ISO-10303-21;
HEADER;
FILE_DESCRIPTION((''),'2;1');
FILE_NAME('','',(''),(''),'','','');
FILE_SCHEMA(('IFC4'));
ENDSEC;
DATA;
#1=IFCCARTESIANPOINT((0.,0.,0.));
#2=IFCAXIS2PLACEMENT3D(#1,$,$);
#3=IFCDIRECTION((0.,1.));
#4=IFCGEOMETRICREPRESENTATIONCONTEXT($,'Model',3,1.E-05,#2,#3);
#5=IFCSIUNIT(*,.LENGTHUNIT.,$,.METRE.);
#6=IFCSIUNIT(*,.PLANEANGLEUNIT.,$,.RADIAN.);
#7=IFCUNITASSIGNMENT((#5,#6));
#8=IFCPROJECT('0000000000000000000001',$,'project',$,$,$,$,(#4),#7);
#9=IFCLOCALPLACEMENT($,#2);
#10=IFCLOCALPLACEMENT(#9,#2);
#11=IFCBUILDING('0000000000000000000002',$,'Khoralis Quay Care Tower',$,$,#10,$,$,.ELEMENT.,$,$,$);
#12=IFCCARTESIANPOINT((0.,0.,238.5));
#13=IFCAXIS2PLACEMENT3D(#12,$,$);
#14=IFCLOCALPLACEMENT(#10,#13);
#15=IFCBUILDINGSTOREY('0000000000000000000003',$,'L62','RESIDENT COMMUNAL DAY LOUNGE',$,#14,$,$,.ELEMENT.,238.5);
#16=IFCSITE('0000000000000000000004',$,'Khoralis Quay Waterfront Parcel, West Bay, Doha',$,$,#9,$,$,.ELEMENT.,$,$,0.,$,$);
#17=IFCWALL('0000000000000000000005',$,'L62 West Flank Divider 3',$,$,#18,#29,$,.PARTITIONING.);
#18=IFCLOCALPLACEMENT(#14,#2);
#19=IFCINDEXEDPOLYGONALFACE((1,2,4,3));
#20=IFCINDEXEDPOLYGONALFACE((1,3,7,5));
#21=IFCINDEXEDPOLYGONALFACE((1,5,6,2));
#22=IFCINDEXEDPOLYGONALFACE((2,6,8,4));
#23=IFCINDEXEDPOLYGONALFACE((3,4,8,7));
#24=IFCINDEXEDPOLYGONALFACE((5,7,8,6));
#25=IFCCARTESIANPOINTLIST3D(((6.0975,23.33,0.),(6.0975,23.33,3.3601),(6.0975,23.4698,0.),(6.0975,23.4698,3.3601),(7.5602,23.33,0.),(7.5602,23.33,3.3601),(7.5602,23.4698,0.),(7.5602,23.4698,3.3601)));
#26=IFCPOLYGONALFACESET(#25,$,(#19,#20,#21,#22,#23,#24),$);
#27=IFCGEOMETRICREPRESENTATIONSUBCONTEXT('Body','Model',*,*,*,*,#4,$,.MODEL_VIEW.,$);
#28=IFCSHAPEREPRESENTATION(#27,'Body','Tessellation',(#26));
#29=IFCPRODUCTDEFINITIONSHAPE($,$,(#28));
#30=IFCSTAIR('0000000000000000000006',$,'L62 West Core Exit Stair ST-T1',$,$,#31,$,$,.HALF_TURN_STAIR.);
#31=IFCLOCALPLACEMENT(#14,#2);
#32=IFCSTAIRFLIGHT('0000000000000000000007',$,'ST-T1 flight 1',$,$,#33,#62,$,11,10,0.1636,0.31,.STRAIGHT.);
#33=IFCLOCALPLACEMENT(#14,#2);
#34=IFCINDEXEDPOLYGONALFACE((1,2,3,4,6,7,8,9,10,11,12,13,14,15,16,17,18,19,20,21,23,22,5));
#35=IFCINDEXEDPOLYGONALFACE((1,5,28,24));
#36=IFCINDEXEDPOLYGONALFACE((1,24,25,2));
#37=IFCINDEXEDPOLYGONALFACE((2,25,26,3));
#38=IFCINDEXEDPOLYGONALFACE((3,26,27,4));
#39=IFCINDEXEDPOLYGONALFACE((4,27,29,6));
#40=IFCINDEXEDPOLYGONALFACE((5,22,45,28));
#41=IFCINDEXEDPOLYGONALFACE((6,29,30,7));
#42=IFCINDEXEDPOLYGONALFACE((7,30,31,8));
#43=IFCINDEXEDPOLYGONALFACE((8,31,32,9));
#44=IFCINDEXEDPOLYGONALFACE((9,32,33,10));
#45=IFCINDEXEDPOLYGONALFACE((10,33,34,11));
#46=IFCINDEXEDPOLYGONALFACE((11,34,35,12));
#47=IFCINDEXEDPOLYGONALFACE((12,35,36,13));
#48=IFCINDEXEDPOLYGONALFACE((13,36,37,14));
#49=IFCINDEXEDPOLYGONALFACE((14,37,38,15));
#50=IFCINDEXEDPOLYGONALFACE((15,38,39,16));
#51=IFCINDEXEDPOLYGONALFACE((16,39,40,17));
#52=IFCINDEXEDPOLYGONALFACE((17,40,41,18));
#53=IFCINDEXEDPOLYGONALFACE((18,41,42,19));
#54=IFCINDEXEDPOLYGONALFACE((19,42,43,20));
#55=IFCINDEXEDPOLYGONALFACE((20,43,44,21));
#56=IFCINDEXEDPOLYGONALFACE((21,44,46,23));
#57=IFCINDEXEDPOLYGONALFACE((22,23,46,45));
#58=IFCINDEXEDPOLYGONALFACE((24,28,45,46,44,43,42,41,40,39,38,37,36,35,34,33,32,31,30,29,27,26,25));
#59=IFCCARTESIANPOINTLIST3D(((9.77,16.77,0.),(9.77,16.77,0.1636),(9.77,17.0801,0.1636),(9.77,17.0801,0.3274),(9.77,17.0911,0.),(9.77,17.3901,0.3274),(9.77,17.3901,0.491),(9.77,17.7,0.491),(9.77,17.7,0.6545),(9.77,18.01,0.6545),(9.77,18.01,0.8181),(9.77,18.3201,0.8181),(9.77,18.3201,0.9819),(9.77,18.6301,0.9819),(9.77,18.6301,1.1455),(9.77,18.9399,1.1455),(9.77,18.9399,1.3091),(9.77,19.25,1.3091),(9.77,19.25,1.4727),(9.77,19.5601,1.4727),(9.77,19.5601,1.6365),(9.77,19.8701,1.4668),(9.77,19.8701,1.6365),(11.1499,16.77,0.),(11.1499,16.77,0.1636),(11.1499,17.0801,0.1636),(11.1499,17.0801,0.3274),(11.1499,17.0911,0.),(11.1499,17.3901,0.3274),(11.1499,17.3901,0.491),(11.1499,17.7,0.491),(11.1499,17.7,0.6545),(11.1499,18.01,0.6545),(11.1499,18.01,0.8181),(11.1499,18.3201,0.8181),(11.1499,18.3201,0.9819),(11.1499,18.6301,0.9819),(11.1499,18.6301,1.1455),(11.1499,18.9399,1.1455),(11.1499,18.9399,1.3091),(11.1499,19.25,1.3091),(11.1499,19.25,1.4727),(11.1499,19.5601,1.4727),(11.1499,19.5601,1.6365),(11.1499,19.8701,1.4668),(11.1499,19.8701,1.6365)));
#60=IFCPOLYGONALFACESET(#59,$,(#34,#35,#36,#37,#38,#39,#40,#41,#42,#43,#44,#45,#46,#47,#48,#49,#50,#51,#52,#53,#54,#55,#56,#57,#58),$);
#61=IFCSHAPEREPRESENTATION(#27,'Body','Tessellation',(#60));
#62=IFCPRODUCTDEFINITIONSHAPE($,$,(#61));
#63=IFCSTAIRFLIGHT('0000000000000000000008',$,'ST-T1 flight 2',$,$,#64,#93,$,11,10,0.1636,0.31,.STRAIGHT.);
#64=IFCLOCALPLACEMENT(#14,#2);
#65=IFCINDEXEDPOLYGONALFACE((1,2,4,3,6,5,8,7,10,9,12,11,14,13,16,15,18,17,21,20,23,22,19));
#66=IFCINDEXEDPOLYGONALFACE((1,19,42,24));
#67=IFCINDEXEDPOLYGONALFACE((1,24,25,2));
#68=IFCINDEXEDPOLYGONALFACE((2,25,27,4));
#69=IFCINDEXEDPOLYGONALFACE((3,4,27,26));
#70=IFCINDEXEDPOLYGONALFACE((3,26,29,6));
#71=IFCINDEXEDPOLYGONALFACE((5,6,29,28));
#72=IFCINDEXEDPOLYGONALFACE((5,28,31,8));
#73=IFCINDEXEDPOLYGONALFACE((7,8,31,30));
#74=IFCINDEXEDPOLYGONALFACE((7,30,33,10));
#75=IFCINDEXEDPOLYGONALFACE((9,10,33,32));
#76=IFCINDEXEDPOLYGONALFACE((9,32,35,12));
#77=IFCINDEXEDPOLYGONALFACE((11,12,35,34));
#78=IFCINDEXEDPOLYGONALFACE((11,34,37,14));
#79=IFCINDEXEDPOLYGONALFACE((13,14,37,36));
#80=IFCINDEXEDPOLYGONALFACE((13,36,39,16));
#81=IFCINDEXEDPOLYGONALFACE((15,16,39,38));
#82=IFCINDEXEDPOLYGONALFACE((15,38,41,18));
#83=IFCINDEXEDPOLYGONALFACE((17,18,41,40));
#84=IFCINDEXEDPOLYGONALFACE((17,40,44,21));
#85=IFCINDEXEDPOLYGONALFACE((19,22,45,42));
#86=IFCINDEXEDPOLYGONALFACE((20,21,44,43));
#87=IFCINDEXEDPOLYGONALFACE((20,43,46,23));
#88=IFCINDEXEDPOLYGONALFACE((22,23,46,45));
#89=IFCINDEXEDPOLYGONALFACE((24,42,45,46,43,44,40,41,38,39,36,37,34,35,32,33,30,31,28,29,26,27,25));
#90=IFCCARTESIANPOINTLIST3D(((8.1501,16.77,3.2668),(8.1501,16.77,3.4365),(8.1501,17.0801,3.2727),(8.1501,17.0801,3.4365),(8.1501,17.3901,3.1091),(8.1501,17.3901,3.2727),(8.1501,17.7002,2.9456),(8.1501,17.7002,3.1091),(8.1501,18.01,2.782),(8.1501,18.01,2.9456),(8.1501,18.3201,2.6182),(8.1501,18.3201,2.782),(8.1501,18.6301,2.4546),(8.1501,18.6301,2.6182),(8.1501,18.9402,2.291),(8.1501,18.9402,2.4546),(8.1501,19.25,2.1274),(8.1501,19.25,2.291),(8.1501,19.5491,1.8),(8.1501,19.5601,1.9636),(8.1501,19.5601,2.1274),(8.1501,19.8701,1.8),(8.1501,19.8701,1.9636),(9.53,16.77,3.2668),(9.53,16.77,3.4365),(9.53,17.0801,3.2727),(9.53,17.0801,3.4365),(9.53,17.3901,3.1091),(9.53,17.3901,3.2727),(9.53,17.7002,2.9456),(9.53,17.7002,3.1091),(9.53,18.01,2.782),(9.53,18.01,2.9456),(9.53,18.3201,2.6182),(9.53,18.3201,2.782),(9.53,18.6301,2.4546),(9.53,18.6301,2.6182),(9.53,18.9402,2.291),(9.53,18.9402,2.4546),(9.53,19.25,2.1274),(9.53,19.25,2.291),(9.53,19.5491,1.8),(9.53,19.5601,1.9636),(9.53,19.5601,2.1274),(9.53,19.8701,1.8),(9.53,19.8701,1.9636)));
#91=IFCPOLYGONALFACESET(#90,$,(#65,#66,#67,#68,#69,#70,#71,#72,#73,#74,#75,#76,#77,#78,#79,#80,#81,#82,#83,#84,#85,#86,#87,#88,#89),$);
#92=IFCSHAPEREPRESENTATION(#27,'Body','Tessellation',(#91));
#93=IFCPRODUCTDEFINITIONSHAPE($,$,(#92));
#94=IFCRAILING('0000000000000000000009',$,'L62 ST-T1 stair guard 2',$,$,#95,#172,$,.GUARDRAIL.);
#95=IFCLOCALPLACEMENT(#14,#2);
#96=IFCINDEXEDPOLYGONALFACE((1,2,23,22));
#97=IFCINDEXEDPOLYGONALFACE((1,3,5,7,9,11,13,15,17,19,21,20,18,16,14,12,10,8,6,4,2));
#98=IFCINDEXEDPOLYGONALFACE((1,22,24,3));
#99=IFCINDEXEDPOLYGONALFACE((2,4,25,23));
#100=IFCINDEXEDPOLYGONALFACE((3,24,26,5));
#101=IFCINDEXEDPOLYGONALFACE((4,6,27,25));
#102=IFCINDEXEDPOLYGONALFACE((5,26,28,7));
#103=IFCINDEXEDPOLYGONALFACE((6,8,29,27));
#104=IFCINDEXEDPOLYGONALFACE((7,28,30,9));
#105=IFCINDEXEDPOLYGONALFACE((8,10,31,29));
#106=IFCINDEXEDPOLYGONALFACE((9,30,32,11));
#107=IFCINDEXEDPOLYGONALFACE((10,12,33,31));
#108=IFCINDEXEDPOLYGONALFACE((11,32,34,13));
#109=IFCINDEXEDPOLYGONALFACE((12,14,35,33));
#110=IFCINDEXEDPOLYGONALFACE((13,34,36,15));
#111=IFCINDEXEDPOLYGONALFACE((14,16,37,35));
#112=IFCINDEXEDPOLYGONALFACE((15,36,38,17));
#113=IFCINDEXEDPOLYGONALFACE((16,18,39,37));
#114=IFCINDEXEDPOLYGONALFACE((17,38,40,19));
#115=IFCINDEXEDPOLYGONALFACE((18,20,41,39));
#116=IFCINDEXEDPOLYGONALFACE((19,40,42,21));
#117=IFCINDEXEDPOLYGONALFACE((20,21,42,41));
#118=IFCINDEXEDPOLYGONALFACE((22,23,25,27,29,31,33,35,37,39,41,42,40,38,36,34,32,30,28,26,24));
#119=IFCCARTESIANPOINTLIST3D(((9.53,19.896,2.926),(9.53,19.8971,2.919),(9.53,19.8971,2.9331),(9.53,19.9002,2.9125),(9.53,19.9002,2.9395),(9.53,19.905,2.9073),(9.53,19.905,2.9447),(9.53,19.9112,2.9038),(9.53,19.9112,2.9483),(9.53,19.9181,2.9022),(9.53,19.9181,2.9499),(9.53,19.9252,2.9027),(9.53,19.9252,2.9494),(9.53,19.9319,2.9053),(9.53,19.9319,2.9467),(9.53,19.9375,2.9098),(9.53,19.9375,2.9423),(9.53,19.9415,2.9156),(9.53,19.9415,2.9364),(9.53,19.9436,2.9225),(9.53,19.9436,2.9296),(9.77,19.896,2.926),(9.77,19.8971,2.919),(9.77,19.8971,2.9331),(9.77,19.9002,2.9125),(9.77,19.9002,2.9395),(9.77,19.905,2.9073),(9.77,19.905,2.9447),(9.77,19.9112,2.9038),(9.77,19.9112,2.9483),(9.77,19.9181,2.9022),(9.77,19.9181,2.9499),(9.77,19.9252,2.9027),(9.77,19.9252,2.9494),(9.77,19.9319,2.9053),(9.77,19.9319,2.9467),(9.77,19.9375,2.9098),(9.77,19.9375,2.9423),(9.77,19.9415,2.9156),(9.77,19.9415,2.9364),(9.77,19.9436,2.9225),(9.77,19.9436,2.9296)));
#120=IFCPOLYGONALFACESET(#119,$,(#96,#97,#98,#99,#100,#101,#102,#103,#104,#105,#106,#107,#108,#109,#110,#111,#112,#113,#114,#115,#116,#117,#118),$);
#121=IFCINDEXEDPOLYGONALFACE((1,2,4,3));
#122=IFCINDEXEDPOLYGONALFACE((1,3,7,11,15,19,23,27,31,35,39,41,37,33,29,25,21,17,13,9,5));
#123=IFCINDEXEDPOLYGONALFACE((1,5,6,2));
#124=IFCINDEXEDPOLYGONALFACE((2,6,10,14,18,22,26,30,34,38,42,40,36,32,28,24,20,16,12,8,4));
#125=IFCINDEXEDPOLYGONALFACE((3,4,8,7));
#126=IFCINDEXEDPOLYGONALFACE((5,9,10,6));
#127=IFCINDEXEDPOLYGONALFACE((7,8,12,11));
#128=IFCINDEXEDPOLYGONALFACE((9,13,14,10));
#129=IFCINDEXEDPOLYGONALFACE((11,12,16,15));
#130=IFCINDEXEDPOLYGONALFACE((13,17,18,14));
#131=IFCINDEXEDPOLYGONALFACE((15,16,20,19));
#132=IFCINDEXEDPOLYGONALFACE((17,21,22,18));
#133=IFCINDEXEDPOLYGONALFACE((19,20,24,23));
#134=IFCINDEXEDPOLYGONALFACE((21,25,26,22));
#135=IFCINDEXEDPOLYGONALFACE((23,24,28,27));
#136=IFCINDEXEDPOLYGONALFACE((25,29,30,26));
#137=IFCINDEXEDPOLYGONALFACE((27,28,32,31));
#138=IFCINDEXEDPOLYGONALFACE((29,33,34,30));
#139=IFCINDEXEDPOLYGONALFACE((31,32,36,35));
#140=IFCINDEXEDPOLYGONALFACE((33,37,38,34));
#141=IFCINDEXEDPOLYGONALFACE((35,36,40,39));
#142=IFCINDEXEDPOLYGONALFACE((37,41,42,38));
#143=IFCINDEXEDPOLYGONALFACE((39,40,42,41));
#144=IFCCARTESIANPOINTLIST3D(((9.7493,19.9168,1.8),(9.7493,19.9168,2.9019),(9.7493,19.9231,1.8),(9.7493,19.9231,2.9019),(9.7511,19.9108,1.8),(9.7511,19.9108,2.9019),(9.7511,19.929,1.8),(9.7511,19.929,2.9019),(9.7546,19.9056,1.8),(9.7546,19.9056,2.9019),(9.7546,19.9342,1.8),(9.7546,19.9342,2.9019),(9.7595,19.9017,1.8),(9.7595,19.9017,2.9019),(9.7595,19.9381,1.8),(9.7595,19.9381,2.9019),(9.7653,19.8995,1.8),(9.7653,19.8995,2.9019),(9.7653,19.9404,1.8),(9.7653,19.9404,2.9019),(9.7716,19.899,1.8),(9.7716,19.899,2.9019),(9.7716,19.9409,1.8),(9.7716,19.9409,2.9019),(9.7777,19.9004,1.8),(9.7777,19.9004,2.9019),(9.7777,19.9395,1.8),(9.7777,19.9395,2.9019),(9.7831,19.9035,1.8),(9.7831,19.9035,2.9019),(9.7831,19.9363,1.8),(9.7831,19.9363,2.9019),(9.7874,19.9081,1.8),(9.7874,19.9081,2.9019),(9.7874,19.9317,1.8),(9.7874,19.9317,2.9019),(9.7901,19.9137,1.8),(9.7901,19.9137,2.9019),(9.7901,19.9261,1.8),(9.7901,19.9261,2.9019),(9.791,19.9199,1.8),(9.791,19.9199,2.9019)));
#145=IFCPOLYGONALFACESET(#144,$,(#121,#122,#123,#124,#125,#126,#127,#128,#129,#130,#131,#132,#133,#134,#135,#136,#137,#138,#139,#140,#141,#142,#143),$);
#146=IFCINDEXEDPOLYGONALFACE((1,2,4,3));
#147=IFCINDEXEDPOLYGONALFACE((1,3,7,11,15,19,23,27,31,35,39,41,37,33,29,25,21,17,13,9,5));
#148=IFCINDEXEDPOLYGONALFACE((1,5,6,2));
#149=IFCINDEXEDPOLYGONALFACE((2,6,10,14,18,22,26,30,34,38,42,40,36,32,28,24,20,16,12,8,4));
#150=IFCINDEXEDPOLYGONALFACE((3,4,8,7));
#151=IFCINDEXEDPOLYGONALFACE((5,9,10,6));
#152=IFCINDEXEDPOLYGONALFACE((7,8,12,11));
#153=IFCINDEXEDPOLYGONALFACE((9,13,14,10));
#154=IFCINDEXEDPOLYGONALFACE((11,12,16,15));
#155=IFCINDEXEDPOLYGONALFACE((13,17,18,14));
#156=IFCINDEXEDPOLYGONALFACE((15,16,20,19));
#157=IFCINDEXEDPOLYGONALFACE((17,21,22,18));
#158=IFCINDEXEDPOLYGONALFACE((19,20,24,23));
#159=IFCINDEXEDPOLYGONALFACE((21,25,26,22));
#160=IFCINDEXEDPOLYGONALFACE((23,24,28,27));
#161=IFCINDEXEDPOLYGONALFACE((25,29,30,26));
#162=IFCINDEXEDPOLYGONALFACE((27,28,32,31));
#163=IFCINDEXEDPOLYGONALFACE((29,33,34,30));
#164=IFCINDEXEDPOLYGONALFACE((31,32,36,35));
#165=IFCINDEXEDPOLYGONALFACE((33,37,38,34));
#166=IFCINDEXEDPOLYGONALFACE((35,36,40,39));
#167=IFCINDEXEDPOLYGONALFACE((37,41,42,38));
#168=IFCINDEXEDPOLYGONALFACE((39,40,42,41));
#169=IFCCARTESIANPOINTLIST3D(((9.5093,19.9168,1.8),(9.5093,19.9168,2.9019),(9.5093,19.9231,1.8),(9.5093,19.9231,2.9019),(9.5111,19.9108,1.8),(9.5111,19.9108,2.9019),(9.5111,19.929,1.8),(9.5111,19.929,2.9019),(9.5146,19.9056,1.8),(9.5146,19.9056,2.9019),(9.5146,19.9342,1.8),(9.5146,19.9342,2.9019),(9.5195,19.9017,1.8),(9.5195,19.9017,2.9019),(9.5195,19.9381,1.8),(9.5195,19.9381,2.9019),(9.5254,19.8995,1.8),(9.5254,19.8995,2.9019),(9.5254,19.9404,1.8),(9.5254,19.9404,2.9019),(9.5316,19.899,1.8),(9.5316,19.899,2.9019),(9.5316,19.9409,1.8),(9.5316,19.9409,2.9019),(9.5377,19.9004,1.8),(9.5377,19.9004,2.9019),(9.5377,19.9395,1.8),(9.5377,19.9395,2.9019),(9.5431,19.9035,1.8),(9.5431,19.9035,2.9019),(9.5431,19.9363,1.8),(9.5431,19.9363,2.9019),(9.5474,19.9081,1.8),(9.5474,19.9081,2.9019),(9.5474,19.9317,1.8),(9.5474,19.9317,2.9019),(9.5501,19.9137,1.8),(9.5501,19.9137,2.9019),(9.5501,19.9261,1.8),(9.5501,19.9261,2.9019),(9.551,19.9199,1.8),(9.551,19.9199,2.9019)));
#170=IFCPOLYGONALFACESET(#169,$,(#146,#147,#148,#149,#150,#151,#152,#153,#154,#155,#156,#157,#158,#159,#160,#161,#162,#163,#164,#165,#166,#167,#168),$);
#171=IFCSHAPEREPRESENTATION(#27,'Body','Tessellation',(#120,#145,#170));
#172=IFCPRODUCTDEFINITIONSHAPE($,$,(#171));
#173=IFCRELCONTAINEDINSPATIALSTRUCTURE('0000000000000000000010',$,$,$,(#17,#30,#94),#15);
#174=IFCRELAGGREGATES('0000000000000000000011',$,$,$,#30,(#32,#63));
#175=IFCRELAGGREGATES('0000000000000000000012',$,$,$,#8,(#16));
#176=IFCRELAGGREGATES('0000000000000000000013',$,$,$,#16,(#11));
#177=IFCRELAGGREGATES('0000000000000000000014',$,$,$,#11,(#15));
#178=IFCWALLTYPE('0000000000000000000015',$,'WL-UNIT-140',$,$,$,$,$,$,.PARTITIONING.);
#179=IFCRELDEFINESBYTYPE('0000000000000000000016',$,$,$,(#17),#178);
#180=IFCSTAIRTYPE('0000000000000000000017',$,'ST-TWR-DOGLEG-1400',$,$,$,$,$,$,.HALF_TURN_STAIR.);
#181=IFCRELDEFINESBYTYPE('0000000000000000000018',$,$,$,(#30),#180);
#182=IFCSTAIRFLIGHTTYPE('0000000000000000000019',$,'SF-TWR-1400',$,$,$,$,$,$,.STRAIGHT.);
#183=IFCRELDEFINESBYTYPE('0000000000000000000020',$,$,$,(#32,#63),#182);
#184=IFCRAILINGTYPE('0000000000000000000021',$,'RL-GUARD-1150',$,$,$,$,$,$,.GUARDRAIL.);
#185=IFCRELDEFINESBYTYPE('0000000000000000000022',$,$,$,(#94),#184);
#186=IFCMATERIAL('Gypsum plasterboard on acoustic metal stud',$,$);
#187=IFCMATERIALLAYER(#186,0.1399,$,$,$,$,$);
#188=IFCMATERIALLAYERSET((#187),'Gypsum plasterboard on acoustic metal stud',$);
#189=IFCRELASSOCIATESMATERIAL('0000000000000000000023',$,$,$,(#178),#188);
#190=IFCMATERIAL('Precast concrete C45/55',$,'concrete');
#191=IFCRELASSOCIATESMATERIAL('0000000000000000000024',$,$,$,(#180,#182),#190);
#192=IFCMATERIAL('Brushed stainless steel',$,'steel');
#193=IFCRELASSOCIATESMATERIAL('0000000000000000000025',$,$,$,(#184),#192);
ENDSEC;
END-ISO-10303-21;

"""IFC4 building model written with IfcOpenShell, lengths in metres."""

from ifc_helpers import new_model, si_unit, direction, frame, frame_2d, origin, origin_2d, place, context, subcontext, project, spatial, polyline, rectangle, circle, outline, extrude, source, transform, mapped, material, layer, layer_set, type_object, element, aggregate, save


model = new_model("IFC4")

# Units and contexts
model_context = context("Model", 3, precision=1e-05, world=origin(), true_north=direction((0.0, 1.0)))
body_context = subcontext(model_context, "Body", "Model", "MODEL_VIEW")
ifc_project = project(units=[si_unit("LENGTHUNIT", "METRE"), si_unit("PLANEANGLEUNIT", "RADIAN")], contexts=[model_context])

# Site, building, storey
site_placement = place(None, origin())
site = spatial("IfcSite", under=ifc_project, at=site_placement, Name="Khoralis Quay Waterfront Parcel, West Bay, Doha", CompositionType="ELEMENT", RefElevation=0.0)
building_placement = place(site_placement, origin())
building = spatial("IfcBuilding", under=site, at=building_placement, Name="Khoralis Quay Care Tower", CompositionType="ELEMENT")
storey_placement = place(building_placement, frame((0.0, 0.0, 238.5)))
storey = spatial("IfcBuildingStorey", under=building, at=storey_placement, Name="L62", Description="RESIDENT COMMUNAL DAY LOUNGE", CompositionType="ELEMENT", Elevation=238.5)

# Shared definitions
ifc_material_1 = material(Name="Gypsum plasterboard on acoustic metal stud")

# Shared definitions
ifc_layer_1 = layer(ifc_material_1, 0.1399)
ifc_layer_set_1 = layer_set([ifc_layer_1], Name="Gypsum plasterboard on acoustic metal stud")
wall_type_1 = type_object("IfcWallType", Name="WL-UNIT-140", PredefinedType="PARTITIONING", material=ifc_layer_set_1)

# Wall
wall_1_placement = place(storey_placement, frame((6.0974, 23.3999, 0.0), z_axis=(0.0, 0.0, 1.0), x_axis=(1.0, 0.0, 0.0)))
element("IfcWall", 1, at=wall_1_placement, inside=storey, type_object=wall_type_1, Name="L62 West Flank Divider 3", PredefinedType="PARTITIONING", context=body_context, shape_type="SweptSolid", body=[
    extrude(rectangle(XDim=1.4626, YDim=0.1399, at=frame_2d((0.7314, 0.0))), origin(), (0.0, 0.0, 1.0), 3.3601),
])

# Stair, stair flights
ifc_material_2 = material(Name="Precast concrete C45/55", Category="concrete")
stair_type = type_object("IfcStairType", Name="ST-TWR-DOGLEG-1400", PredefinedType="HALF_TURN_STAIR", material=ifc_material_2)
stair_placement = place(storey_placement, origin())
stair = element("IfcStair", 2, at=stair_placement, inside=storey, type_object=stair_type, Name="L62 West Core Exit Stair ST-T1", PredefinedType="HALF_TURN_STAIR")
stair_flight_type = type_object("IfcStairFlightType", Name="SF-TWR-1400", PredefinedType="STRAIGHT", material=ifc_material_2)
shared_shape_1 = source(origin(), body_context, "Body", "SweptSolid", [
    extrude(outline(polyline([(0.0, 0.0), (0.0, 0.1636), (0.3101, 0.1636), (0.3101, 0.3274), (0.6201, 0.3274), (0.6201, 0.491), (0.9299, 0.491), (0.9299, 0.6545), (1.24, 0.6545), (1.24, 0.8181), (1.55, 0.8181), (1.55, 0.9819), (1.8601, 0.9819), (1.8601, 1.1455), (2.1699, 1.1455), (2.1699, 1.3091), (2.48, 1.3091), (2.48, 1.4727), (2.79, 1.4727), (2.79, 1.6365), (3.1001, 1.6365), (3.1001, 1.8), (3.1001, 1.4668), (0.321, 0.0), (0.0, 0.0)])), frame((0.0, 0.6899, 0.0), z_axis=(0.0, -1.0, 0.0), x_axis=(1.0, 0.0, 0.0)), (0.0, 0.0, 1.0), 1.3799),
])
stair_flight_1_placement = place(storey_placement, frame((10.46, 16.77, 0.0), z_axis=(0.0, 0.0, 1.0), x_axis=(0.0, 1.0, 0.0)))
stair_flight_1 = element("IfcStairFlight", 3, at=stair_flight_1_placement, type_object=stair_flight_type, Name="ST-T1 flight 1", NumberOfRisers=11, NumberOfTreads=10, PredefinedType="STRAIGHT", RiserHeight=0.1636, TreadLength=0.31, context=body_context, shape_type="MappedRepresentation", body=[
    mapped(shared_shape_1, transform((0.0, 0.0, 0.0), scale=1.0)),
])
stair_flight_2_placement = place(storey_placement, frame((8.8401, 19.8701, 1.8), z_axis=(0.0, 0.0, 1.0), x_axis=(0.0, -1.0, 0.0)))
stair_flight_2 = element("IfcStairFlight", 4, at=stair_flight_2_placement, type_object=stair_flight_type, Name="ST-T1 flight 2", NumberOfRisers=11, NumberOfTreads=10, PredefinedType="STRAIGHT", RiserHeight=0.1636, TreadLength=0.31, context=body_context, shape_type="MappedRepresentation", body=[
    mapped(shared_shape_1, transform((0.0, 0.0, 0.0), scale=1.0)),
])
aggregate(stair, [stair_flight_1, stair_flight_2])

# Railing
ifc_material_3 = material(Name="Brushed stainless steel", Category="steel")
railing_type_1 = type_object("IfcRailingType", Name="RL-GUARD-1150", PredefinedType="GUARDRAIL", material=ifc_material_3)
railing_1_placement = place(storey_placement, frame((9.77, 19.9199, 1.8)))
element("IfcRailing", 5, at=railing_1_placement, inside=storey, type_object=railing_type_1, Name="L62 ST-T1 stair guard 2", PredefinedType="GUARDRAIL", context=body_context, shape_type="SweptSolid", body=[
    extrude(circle(Radius=0.0239, at=origin_2d()), frame((0.0, 0.0, 1.126), z_axis=(-1.0, 0.0, 0.0), x_axis=(0.0, -1.0, 0.0)), (0.0, 0.0, 1.0), 0.24),
    extrude(circle(Radius=0.021, at=origin_2d()), origin(), (0.0, 0.0, 1.0), 1.1018),
    extrude(circle(Radius=0.021, at=origin_2d()), frame((-0.24, 0.0, 0.0)), (0.0, 0.0, 1.0), 1.1018),
])

save(model, "model.ifc")
